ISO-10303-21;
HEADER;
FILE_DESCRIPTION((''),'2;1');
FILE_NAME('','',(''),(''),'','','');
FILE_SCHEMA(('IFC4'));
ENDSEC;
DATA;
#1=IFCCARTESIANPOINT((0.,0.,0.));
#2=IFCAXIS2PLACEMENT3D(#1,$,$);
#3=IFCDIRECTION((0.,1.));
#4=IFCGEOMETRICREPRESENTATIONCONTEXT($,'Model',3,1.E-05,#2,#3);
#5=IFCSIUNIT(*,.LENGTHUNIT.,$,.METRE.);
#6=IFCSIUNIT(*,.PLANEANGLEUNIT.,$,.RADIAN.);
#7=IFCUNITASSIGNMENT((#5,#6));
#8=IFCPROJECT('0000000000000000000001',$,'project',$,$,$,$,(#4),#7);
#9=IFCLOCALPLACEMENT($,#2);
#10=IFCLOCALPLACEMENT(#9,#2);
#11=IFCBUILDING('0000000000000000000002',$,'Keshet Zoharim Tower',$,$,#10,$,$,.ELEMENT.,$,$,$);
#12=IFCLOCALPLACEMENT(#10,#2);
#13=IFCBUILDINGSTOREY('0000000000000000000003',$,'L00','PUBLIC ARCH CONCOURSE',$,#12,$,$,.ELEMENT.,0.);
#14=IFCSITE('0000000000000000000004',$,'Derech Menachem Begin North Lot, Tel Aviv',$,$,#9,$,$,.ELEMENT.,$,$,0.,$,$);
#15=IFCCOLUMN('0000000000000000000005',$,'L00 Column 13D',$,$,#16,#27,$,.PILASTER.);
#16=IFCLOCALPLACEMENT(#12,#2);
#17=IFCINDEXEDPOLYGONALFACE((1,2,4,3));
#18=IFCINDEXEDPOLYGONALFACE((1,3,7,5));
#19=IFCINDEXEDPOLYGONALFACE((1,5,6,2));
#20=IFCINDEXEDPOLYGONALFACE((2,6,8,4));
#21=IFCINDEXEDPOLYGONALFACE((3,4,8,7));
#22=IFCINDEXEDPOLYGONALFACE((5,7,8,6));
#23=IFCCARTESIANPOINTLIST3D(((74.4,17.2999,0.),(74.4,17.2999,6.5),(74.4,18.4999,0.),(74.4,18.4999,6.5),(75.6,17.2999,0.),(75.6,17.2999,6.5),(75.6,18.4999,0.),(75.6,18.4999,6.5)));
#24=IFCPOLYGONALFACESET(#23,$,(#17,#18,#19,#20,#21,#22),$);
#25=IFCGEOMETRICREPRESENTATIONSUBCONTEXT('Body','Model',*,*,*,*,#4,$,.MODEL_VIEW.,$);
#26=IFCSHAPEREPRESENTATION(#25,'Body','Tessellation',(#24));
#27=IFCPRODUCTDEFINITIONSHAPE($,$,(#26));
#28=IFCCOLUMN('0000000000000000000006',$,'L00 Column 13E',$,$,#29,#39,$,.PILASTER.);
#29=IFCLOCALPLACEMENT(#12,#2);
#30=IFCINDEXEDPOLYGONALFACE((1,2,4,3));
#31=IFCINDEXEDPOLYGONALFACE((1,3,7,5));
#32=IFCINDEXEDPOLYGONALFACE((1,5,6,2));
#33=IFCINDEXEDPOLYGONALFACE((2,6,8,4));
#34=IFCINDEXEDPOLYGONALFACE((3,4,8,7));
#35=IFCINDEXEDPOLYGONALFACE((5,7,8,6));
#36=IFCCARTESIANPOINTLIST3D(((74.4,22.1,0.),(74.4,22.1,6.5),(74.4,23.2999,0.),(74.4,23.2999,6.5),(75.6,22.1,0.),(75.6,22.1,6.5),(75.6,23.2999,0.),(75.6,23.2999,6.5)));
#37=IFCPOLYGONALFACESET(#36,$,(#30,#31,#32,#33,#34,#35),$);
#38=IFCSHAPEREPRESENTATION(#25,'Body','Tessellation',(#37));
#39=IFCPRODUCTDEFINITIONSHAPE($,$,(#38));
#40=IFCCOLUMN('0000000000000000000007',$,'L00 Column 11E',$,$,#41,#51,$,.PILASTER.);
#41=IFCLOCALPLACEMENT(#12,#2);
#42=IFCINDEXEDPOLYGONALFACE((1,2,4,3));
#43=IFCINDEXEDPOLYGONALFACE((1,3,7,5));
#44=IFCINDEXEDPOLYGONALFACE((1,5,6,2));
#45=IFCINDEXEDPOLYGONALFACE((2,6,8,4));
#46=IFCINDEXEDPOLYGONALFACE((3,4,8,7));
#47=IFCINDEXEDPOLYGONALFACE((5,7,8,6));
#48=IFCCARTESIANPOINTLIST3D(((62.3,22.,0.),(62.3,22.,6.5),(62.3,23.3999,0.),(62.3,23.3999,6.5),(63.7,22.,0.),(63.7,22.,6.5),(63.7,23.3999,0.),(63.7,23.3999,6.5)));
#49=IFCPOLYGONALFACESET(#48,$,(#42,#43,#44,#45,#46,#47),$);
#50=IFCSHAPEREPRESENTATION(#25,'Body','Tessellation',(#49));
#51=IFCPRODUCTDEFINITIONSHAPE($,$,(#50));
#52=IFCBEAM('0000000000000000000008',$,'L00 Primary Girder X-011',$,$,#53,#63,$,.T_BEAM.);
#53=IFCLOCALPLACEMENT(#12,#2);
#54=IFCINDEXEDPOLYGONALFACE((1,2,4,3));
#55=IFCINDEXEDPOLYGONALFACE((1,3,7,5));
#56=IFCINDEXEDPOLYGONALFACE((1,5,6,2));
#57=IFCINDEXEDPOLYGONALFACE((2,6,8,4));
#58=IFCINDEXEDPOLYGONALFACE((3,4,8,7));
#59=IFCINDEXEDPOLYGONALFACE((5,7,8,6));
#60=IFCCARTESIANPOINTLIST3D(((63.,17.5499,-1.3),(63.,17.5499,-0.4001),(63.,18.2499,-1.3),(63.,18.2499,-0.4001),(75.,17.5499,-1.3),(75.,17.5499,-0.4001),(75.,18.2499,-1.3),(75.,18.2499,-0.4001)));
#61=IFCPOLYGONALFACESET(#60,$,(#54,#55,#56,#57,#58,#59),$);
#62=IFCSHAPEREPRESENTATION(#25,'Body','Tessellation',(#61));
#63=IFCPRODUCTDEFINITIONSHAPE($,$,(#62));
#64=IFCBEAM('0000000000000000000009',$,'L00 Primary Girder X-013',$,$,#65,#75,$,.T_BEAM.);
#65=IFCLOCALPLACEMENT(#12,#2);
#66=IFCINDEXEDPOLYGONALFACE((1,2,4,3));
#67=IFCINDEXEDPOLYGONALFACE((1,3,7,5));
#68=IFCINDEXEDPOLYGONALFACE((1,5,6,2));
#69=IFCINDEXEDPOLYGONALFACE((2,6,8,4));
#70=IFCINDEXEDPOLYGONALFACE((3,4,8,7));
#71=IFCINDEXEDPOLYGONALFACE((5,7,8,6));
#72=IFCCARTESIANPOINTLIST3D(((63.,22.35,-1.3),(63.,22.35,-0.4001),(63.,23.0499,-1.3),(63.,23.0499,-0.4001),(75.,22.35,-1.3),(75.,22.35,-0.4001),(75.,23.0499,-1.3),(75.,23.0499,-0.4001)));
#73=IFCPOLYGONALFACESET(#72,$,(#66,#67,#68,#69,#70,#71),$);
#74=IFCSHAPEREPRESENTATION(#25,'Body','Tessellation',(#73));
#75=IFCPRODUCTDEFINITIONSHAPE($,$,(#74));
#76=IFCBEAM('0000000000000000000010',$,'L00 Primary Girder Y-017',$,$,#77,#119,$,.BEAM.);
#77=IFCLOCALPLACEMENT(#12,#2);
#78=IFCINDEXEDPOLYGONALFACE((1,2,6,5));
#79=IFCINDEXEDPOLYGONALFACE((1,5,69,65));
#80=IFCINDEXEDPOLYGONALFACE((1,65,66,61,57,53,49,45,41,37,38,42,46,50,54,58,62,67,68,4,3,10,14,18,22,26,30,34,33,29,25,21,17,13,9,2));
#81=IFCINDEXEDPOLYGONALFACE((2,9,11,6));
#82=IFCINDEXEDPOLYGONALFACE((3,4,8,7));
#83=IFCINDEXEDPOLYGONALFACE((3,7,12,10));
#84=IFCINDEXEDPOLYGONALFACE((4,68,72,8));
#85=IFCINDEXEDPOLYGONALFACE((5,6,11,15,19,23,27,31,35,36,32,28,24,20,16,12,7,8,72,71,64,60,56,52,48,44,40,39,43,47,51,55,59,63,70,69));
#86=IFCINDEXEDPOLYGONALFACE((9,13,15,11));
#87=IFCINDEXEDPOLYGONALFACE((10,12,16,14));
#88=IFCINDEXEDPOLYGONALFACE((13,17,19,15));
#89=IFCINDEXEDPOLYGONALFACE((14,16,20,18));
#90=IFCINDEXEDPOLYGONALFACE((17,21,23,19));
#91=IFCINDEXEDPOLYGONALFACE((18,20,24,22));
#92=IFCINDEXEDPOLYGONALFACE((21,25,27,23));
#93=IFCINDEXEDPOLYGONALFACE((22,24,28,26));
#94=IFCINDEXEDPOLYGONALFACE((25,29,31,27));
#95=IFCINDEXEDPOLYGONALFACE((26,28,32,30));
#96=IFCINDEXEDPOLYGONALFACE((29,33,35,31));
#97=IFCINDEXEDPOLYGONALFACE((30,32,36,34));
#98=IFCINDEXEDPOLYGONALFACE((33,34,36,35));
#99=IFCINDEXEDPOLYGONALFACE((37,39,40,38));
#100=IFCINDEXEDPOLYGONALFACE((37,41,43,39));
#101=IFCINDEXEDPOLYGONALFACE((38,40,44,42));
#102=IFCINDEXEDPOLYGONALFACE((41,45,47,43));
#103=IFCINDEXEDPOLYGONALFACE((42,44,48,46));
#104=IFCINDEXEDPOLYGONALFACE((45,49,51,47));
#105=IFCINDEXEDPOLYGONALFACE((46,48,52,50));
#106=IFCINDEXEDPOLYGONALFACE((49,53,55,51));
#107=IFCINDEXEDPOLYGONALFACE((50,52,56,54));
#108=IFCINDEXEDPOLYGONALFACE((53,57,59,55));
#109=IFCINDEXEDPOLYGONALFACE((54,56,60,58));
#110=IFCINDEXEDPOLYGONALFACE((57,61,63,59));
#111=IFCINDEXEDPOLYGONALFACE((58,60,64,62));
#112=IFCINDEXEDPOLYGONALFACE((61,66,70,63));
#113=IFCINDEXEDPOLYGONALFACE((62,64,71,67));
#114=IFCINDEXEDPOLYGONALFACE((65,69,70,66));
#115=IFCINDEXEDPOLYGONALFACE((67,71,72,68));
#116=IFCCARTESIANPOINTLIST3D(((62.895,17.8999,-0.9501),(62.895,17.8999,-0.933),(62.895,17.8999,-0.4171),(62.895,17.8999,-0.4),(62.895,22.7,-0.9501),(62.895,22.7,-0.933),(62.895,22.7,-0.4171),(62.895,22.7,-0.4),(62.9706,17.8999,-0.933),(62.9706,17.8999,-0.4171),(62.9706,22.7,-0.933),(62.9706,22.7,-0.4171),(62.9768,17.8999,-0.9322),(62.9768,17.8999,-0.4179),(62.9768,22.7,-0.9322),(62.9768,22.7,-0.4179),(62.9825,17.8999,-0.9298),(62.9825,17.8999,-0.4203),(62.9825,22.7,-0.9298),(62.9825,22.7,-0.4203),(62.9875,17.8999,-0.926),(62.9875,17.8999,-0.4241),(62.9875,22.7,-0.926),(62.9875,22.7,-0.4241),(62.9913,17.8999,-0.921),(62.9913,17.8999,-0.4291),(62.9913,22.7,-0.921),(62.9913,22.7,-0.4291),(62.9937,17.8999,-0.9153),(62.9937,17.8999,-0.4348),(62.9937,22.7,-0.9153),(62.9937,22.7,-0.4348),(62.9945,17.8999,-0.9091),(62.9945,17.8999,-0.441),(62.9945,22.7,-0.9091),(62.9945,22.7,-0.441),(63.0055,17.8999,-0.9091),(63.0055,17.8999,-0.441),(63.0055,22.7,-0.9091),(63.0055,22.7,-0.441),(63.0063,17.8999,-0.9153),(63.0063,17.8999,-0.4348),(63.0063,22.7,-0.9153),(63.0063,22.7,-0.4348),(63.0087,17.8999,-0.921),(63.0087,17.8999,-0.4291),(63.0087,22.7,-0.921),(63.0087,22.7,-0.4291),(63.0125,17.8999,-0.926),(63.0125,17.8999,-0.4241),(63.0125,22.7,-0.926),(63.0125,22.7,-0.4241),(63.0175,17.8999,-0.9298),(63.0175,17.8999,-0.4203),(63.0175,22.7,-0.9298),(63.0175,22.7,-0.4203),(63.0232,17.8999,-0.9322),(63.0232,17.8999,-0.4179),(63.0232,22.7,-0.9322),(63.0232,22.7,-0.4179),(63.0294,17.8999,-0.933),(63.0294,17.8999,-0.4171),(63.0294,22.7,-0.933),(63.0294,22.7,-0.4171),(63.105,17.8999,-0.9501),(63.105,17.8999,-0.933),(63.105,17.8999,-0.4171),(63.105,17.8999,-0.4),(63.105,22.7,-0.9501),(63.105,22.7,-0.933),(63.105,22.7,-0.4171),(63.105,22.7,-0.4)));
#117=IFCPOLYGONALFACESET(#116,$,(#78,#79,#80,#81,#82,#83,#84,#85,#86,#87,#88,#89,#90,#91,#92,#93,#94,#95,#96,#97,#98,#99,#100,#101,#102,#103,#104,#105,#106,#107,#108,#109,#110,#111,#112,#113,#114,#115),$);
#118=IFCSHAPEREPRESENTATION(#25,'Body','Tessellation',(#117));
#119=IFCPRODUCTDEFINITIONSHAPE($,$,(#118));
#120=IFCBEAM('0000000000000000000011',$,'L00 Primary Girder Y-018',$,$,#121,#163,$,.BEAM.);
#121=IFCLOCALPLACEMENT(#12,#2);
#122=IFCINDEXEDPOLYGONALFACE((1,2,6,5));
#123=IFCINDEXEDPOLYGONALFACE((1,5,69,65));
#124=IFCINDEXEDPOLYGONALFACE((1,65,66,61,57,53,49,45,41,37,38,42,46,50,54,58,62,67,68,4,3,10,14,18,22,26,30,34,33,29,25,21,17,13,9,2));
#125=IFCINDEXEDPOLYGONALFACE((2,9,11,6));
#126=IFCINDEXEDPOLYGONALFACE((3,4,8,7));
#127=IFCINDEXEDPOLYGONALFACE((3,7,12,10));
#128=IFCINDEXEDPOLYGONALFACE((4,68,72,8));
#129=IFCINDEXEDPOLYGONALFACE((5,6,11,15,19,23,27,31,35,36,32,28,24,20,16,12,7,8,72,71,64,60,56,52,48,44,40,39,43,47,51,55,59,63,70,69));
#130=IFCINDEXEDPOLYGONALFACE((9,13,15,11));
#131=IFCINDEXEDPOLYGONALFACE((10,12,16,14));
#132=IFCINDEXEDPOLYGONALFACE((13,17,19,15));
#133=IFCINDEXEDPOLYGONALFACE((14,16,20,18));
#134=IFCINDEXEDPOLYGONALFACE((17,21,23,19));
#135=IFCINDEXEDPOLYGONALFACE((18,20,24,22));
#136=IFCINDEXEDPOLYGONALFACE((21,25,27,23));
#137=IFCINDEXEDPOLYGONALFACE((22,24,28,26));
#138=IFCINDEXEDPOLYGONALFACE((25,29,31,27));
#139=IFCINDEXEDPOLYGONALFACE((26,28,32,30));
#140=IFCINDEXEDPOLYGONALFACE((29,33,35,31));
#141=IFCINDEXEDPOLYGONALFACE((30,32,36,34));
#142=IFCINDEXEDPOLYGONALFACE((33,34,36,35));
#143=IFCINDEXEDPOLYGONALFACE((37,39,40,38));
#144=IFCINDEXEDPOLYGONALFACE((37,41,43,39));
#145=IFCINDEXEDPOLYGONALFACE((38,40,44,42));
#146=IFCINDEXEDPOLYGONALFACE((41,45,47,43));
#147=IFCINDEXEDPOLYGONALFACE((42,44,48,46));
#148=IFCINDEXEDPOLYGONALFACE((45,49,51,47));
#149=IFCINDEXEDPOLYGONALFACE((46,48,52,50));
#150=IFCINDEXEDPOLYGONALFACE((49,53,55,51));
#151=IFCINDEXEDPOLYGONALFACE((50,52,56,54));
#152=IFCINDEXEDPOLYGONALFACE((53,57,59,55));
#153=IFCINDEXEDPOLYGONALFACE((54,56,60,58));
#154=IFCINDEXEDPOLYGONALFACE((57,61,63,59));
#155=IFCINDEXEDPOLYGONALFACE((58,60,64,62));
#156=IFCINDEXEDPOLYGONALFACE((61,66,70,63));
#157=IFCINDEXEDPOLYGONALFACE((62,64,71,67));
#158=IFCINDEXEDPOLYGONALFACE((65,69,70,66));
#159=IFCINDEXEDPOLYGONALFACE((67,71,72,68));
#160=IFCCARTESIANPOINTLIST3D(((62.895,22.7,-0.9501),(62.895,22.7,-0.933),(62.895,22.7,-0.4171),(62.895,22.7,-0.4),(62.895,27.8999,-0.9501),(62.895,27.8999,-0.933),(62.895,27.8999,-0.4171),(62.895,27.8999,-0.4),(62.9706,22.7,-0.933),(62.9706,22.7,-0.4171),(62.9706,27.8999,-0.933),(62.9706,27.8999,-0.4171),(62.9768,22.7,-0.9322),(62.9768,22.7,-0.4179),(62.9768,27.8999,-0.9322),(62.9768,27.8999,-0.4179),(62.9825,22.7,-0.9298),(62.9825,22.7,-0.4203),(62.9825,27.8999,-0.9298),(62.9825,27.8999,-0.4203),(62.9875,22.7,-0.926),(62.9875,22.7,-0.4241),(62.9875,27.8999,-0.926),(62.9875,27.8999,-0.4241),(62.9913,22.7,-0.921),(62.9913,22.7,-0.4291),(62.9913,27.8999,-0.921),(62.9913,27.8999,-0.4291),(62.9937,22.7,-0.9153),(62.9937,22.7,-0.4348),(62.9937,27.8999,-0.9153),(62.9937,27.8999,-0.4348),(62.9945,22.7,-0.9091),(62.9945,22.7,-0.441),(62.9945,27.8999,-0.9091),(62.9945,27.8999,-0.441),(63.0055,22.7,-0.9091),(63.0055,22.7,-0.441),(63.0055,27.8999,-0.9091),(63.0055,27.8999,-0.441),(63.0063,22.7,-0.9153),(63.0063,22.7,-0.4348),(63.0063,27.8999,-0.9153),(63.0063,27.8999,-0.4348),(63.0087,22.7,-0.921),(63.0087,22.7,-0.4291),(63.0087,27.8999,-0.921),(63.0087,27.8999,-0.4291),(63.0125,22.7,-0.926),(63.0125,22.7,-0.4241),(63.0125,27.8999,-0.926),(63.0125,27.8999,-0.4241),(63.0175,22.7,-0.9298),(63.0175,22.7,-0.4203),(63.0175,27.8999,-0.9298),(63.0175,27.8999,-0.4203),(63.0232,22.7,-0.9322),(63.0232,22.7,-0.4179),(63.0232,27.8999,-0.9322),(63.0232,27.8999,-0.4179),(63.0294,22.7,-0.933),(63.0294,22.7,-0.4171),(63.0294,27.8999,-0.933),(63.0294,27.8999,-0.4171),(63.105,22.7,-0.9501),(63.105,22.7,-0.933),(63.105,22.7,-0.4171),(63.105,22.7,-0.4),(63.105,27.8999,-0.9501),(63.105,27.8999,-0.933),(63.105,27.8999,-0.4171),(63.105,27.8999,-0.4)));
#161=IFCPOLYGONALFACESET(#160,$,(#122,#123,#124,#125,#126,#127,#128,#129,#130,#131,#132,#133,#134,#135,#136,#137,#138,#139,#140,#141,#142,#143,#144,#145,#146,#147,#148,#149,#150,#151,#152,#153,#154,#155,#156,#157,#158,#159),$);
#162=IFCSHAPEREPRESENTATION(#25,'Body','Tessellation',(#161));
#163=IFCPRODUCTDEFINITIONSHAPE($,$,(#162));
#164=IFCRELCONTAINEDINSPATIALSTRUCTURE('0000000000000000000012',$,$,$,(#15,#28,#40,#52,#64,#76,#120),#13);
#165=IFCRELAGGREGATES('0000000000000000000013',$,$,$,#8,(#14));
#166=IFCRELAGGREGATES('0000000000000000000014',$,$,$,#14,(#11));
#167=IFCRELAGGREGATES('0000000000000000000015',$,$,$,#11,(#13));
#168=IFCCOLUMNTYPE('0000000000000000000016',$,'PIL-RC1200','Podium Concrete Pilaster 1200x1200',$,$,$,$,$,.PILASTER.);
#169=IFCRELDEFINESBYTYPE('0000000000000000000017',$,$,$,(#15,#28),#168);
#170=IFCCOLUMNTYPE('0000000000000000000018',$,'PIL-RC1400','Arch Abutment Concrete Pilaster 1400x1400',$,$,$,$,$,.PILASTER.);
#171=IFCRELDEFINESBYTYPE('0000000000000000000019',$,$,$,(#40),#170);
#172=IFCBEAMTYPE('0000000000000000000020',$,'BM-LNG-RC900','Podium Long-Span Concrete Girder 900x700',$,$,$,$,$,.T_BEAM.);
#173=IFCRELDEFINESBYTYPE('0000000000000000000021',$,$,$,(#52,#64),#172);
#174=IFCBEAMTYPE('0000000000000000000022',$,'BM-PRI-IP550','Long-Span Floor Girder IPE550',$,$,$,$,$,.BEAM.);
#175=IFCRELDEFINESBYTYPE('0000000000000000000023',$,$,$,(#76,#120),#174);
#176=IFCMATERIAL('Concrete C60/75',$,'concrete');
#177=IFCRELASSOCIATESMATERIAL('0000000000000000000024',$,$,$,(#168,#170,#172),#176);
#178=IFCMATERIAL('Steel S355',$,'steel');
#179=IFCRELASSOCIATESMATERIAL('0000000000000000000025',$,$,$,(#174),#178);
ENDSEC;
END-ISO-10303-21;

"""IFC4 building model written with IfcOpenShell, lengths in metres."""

from ifc_helpers import new_model, si_unit, direction, frame, origin, origin_2d, place, context, subcontext, project, spatial, rectangle, i_section, extrude, material, material_profile, profile_set, type_object, element, save


model = new_model("IFC4")

# Units and contexts
model_context = context("Model", 3, precision=1e-05, world=origin(), true_north=direction((0.0, 1.0)))
body_context = subcontext(model_context, "Body", "Model", "MODEL_VIEW")
ifc_project = project(units=[si_unit("LENGTHUNIT", "METRE"), si_unit("PLANEANGLEUNIT", "RADIAN")], contexts=[model_context])

# Site, building, storey
site_placement = place(None, origin())
site = spatial("IfcSite", under=ifc_project, at=site_placement, Name="Derech Menachem Begin North Lot, Tel Aviv", CompositionType="ELEMENT", RefElevation=0.0)
building_placement = place(site_placement, origin())
building = spatial("IfcBuilding", under=site, at=building_placement, Name="Keshet Zoharim Tower", CompositionType="ELEMENT")
storey_placement = place(building_placement, origin())
storey = spatial("IfcBuildingStorey", under=building, at=storey_placement, Name="L00", Description="PUBLIC ARCH CONCOURSE", CompositionType="ELEMENT", Elevation=0.0)

# Columns
ifc_material_1 = material(Name="Concrete C60/75", Category="concrete")
ifc_material_profile_1 = material_profile(ifc_material_1, rectangle(XDim=1.2, YDim=1.2, at=origin_2d()), Name="RC1200x1200")
ifc_profile_set_1 = profile_set([ifc_material_profile_1], Name="Concrete C60/75")
column_type_1 = type_object("IfcColumnType", Name="PIL-RC1200", Description="Podium Concrete Pilaster 1200x1200", PredefinedType="PILASTER", material=ifc_profile_set_1)
for number, where, z_axis, x_axis, name in (
    (1, (75.0, 17.8999, 0.0), (0.0, 0.0, 1.0), (1.0, 0.0, 0.0), "L00 Column 13D"),
    (2, (75.0, 22.7, 0.0), (0.0, 0.0, 1.0), (1.0, 0.0, 0.0), "L00 Column 13E"),
):
    element("IfcColumn", number, at=place(storey_placement, frame(where, z_axis=z_axis, x_axis=x_axis)), inside=storey, type_object=column_type_1, Name=name, PredefinedType="PILASTER", context=body_context, shape_type="SweptSolid", body=[
        extrude(rectangle(XDim=1.2, YDim=1.2, at=origin_2d()), origin(), (0.0, 0.0, 1.0), 6.5),
    ])
ifc_material_profile_2 = material_profile(ifc_material_1, rectangle(XDim=1.3999, YDim=1.3999, at=origin_2d()), Name="RC1400x1400")
ifc_profile_set_2 = profile_set([ifc_material_profile_2], Name="Concrete C60/75")
column_type_2 = type_object("IfcColumnType", Name="PIL-RC1400", Description="Arch Abutment Concrete Pilaster 1400x1400", PredefinedType="PILASTER", material=ifc_profile_set_2)
column_placement = place(storey_placement, frame((63.0, 22.7, 0.0), z_axis=(0.0, 0.0, 1.0), x_axis=(1.0, 0.0, 0.0)))
element("IfcColumn", 3, at=column_placement, inside=storey, type_object=column_type_2, Name="L00 Column 11E", PredefinedType="PILASTER", context=body_context, shape_type="SweptSolid", body=[
    extrude(rectangle(XDim=1.3999, YDim=1.3999, at=origin_2d()), origin(), (0.0, 0.0, 1.0), 6.5),
])

# Beams
ifc_material_profile_3 = material_profile(ifc_material_1, rectangle(XDim=0.7, YDim=0.8999, at=origin_2d()), Name="RC900x700")
ifc_profile_set_3 = profile_set([ifc_material_profile_3], Name="Concrete C60/75")
beam_type_1 = type_object("IfcBeamType", Name="BM-LNG-RC900", Description="Podium Long-Span Concrete Girder 900x700", PredefinedType="T_BEAM", material=ifc_profile_set_3)
for number, where, z_axis, x_axis, name in (
    (4, (63.0, 17.8999, -0.8501), (1.0, 0.0, 0.0), (0.0, 1.0, 0.0), "L00 Primary Girder X-011"),
    (5, (63.0, 22.7, -0.8501), (1.0, 0.0, 0.0), (0.0, 1.0, 0.0), "L00 Primary Girder X-013"),
):
    element("IfcBeam", number, at=place(storey_placement, frame(where, z_axis=z_axis, x_axis=x_axis)), inside=storey, type_object=beam_type_1, Name=name, PredefinedType="T_BEAM", context=body_context, shape_type="SweptSolid", body=[
        extrude(rectangle(XDim=0.7, YDim=0.8999, at=origin_2d()), origin(), (0.0, 0.0, 1.0), 12.0),
    ])
ifc_material_2 = material(Name="Steel S355", Category="steel")
ifc_material_profile_4 = material_profile(ifc_material_2, i_section(OverallWidth=0.21, OverallDepth=0.55, WebThickness=0.011, FlangeThickness=0.0171, FilletRadius=0.0239, at=origin_2d()), Name="IPE550")
ifc_profile_set_4 = profile_set([ifc_material_profile_4], Name="Steel S355")
beam_type_2 = type_object("IfcBeamType", Name="BM-PRI-IP550", Description="Long-Span Floor Girder IPE550", PredefinedType="BEAM", material=ifc_profile_set_4)
beam_1_placement = place(storey_placement, frame((63.0, 17.8999, -0.675), z_axis=(0.0, 1.0, 0.0), x_axis=(-1.0, 0.0, 0.0)))
element("IfcBeam", 6, at=beam_1_placement, inside=storey, type_object=beam_type_2, Name="L00 Primary Girder Y-017", PredefinedType="BEAM", context=body_context, shape_type="SweptSolid", body=[
    extrude(i_section(OverallWidth=0.21, OverallDepth=0.55, WebThickness=0.011, FlangeThickness=0.0171, FilletRadius=0.0239, at=origin_2d()), origin(), (0.0, 0.0, 1.0), 4.8),
])
beam_2_placement = place(storey_placement, frame((63.0, 22.7, -0.675), z_axis=(0.0, 1.0, 0.0), x_axis=(-1.0, 0.0, 0.0)))
element("IfcBeam", 7, at=beam_2_placement, inside=storey, type_object=beam_type_2, Name="L00 Primary Girder Y-018", PredefinedType="BEAM", context=body_context, shape_type="SweptSolid", body=[
    extrude(i_section(OverallWidth=0.21, OverallDepth=0.55, WebThickness=0.011, FlangeThickness=0.0171, FilletRadius=0.0239, at=origin_2d()), origin(), (0.0, 0.0, 1.0), 5.2),
])

save(model, "model.ifc")
